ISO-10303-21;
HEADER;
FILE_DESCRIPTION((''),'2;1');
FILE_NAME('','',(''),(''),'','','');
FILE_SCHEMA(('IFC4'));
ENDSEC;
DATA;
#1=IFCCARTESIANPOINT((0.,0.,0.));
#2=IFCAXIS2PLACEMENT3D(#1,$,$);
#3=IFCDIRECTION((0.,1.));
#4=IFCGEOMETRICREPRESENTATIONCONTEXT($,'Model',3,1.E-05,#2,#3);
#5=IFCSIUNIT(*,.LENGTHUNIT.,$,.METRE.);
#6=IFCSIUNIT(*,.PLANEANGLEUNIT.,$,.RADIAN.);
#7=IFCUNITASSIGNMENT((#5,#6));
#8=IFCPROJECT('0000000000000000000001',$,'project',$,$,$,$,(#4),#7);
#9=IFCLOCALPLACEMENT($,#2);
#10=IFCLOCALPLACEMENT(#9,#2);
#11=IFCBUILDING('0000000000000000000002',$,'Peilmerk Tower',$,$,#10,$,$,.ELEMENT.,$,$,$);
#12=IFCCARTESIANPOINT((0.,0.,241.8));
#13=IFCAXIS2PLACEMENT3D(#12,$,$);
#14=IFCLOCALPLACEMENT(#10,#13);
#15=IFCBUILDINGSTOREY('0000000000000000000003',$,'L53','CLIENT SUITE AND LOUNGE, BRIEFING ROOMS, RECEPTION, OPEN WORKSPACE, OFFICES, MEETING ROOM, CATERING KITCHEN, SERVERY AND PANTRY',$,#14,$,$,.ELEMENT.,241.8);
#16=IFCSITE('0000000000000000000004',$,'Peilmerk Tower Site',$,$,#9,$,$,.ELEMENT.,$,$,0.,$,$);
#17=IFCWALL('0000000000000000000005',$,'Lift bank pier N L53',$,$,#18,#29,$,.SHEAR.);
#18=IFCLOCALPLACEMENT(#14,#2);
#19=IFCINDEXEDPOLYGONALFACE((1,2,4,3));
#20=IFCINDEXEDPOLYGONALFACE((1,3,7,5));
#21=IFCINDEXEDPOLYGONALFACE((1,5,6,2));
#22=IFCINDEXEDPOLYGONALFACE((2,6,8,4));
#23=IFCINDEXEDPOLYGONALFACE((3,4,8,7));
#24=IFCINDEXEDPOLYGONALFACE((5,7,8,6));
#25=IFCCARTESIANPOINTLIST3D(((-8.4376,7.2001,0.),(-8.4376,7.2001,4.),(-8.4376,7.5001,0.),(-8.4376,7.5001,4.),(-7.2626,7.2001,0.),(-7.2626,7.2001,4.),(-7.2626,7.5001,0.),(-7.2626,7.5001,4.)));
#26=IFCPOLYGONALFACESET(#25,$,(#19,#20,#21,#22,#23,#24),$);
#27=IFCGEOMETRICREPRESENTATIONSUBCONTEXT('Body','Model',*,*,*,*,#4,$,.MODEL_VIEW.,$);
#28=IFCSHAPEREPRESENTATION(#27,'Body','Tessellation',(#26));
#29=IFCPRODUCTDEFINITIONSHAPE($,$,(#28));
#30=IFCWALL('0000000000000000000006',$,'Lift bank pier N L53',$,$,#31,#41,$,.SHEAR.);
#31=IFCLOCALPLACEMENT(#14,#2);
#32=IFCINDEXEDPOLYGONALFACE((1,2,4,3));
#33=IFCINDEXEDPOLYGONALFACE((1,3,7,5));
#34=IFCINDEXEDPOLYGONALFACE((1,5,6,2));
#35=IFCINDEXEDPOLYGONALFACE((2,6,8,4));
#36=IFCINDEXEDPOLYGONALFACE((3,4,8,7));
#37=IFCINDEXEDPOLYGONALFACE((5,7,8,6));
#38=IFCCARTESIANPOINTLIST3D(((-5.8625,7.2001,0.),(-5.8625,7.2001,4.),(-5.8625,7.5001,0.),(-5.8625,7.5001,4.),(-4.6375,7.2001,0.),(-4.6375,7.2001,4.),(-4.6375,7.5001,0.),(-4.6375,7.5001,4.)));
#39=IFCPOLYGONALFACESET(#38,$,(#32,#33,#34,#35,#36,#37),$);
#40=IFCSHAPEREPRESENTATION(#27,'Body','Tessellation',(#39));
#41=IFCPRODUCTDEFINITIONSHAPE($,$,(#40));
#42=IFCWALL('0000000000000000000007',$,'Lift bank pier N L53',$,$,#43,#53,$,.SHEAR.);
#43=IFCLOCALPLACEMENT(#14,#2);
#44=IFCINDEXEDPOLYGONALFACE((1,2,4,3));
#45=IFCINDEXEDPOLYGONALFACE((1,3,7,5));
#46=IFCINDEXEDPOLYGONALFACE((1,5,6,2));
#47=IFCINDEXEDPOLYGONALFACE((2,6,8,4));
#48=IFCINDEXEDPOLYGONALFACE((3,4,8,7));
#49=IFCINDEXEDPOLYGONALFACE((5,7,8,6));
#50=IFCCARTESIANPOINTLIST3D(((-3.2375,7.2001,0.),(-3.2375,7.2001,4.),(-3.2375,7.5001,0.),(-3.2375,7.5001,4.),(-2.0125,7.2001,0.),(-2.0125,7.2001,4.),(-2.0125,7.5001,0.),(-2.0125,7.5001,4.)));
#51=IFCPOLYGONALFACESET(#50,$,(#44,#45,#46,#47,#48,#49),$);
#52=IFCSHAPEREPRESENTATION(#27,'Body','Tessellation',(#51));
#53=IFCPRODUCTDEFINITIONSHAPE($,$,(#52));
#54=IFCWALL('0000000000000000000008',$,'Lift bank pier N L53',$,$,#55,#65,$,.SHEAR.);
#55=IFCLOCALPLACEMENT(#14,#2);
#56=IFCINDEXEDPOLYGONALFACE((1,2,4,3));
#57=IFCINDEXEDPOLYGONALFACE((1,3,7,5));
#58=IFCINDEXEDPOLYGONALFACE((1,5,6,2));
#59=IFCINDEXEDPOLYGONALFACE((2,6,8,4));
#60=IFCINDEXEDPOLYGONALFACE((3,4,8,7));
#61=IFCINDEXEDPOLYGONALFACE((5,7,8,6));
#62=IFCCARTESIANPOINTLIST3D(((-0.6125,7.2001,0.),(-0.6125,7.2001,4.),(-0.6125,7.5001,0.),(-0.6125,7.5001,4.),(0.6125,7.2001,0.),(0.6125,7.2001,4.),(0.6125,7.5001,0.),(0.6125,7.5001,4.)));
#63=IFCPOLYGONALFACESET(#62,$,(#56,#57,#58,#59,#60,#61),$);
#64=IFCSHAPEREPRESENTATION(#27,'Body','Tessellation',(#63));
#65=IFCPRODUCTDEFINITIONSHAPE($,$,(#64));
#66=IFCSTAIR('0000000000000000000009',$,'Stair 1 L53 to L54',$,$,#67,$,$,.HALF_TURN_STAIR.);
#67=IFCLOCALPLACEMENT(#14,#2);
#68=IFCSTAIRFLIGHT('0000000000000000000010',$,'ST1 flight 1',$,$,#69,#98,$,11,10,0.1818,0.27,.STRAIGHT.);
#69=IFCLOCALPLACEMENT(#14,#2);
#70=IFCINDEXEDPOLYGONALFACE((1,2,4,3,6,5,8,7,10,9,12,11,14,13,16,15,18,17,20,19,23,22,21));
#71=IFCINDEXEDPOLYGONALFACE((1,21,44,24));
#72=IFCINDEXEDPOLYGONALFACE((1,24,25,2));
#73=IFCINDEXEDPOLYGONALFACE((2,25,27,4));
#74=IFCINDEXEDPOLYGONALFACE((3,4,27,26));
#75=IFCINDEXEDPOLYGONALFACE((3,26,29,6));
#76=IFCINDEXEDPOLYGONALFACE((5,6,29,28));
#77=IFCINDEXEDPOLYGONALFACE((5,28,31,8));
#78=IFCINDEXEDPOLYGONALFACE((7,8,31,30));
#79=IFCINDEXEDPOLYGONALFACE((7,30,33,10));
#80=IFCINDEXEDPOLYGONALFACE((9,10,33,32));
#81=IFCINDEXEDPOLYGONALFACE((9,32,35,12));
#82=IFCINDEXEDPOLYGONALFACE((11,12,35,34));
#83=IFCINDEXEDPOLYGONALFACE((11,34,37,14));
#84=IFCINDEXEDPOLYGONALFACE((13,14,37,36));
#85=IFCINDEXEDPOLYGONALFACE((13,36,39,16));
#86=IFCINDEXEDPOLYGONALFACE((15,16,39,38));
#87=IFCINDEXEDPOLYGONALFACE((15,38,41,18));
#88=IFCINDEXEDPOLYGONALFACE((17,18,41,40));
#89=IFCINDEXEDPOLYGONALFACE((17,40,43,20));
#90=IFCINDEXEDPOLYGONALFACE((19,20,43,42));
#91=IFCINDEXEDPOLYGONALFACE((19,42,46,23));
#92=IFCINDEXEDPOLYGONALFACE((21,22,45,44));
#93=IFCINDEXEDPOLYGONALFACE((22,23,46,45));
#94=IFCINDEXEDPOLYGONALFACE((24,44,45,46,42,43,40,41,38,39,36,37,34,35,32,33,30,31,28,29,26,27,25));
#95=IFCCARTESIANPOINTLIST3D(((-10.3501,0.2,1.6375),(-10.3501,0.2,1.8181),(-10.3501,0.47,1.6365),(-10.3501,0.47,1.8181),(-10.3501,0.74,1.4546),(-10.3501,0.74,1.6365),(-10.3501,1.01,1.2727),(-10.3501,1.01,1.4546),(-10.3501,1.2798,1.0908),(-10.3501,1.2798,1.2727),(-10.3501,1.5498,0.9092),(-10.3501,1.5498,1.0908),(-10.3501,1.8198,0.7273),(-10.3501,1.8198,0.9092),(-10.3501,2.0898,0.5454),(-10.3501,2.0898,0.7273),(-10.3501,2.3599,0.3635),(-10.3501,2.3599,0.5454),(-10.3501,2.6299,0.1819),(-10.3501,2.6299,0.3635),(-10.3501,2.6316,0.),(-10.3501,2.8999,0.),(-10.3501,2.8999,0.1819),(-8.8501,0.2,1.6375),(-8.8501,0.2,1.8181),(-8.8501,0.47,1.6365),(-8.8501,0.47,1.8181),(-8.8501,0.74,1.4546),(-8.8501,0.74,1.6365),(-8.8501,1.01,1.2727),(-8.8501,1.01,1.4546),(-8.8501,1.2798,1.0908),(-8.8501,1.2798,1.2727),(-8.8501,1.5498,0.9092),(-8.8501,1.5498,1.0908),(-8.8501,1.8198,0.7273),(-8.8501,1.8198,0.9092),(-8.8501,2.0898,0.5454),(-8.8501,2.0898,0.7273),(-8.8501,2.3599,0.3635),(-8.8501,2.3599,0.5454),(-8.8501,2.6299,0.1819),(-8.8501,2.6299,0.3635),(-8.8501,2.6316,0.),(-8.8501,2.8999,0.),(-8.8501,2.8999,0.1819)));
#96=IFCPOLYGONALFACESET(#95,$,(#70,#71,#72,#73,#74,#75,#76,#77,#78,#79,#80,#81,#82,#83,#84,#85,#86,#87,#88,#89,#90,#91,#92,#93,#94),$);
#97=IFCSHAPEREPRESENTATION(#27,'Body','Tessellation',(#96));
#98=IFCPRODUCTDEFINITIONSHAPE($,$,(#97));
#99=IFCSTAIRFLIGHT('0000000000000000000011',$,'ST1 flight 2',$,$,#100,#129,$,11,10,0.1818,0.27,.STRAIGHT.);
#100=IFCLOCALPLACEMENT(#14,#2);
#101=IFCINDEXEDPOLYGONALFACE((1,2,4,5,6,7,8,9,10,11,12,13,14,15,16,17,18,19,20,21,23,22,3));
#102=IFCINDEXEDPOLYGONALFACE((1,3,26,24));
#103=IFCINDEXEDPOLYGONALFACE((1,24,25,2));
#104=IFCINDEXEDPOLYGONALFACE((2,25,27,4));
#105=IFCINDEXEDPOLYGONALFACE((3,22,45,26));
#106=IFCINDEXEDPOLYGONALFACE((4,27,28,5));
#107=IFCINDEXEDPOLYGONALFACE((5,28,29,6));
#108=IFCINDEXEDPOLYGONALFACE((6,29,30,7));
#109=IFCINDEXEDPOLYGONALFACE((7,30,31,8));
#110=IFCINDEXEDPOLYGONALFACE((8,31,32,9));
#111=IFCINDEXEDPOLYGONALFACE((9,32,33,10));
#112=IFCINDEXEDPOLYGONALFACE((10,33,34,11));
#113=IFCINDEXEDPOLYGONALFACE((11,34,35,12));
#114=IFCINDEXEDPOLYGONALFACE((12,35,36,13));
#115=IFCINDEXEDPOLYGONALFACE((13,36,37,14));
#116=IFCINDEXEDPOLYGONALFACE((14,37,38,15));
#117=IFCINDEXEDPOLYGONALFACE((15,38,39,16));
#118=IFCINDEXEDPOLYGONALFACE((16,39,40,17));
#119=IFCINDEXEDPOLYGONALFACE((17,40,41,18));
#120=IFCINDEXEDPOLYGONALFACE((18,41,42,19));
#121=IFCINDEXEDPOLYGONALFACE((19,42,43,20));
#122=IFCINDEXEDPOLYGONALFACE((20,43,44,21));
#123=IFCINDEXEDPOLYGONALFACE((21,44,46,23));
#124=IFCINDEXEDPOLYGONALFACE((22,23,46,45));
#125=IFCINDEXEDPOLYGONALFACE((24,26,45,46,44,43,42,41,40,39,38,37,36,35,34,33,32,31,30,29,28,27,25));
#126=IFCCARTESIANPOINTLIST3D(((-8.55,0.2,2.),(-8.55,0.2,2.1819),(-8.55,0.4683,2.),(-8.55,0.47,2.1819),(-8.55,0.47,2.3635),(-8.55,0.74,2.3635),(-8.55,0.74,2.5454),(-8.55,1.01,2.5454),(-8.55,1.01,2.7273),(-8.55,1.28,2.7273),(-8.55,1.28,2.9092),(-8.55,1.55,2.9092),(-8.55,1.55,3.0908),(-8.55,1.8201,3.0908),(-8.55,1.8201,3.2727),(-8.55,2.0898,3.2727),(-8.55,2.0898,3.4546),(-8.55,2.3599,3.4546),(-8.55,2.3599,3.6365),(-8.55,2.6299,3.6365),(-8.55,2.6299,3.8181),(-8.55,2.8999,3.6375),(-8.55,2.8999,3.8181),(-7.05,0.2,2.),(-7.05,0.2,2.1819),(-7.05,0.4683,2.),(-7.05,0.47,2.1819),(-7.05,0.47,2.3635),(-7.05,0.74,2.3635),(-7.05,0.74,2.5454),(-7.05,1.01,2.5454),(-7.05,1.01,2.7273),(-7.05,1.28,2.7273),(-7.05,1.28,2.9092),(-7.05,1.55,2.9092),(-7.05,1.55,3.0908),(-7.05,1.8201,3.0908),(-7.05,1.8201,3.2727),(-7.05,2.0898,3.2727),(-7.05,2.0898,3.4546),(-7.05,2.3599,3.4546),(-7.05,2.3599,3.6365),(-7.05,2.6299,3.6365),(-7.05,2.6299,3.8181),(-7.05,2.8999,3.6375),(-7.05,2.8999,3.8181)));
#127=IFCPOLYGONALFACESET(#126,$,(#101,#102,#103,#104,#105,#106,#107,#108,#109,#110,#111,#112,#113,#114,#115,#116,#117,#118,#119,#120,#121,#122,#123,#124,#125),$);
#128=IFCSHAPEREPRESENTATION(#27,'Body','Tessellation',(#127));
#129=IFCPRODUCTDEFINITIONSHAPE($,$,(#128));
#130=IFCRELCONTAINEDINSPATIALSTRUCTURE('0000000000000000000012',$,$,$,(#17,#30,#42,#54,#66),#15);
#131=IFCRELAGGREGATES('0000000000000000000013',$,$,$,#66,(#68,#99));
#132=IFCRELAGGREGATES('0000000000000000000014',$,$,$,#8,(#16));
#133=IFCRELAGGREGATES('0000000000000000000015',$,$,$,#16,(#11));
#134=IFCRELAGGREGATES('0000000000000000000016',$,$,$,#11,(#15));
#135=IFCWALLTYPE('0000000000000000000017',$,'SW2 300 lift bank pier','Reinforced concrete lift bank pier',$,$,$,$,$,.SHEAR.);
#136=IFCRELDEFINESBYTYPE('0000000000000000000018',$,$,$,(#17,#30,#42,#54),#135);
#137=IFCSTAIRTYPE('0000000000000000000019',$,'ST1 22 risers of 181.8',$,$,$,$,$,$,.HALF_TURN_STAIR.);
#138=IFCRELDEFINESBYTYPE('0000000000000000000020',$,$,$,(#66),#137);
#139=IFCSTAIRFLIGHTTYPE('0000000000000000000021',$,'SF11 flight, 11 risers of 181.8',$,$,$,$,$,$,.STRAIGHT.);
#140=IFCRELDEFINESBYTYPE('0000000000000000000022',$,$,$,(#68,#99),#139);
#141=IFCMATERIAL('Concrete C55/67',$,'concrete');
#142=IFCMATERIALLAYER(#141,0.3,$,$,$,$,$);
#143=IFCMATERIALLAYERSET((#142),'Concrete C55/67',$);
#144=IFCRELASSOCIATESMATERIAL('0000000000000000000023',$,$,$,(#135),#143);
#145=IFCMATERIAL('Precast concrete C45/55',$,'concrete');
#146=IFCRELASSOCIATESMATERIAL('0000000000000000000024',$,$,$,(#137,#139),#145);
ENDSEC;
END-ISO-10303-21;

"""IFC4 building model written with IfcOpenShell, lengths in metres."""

from ifc_helpers import new_model, si_unit, direction, frame, frame_2d, origin, place, context, subcontext, project, spatial, polyline, rectangle, outline, extrude, material, layer, layer_set, type_object, element, aggregate, save


model = new_model("IFC4")

# Units and contexts
model_context = context("Model", 3, precision=1e-05, world=origin(), true_north=direction((0.0, 1.0)))
body_context = subcontext(model_context, "Body", "Model", "MODEL_VIEW")
ifc_project = project(units=[si_unit("LENGTHUNIT", "METRE"), si_unit("PLANEANGLEUNIT", "RADIAN")], contexts=[model_context])

# Site, building, storey
site_placement = place(None, origin())
site = spatial("IfcSite", under=ifc_project, at=site_placement, Name="Peilmerk Tower Site", CompositionType="ELEMENT", RefElevation=0.0)
building_placement = place(site_placement, origin())
building = spatial("IfcBuilding", under=site, at=building_placement, Name="Peilmerk Tower", CompositionType="ELEMENT")
storey_placement = place(building_placement, frame((0.0, 0.0, 241.8)))
storey = spatial("IfcBuildingStorey", under=building, at=storey_placement, Name="L53", Description="CLIENT SUITE AND LOUNGE, BRIEFING ROOMS, RECEPTION, OPEN WORKSPACE, OFFICES, MEETING ROOM, CATERING KITCHEN, SERVERY AND PANTRY", CompositionType="ELEMENT", Elevation=241.8)

# Shared definitions
ifc_material_1 = material(Name="Concrete C55/67", Category="concrete")

# Walls
ifc_layer_1 = layer(ifc_material_1, 0.3)
ifc_layer_set_1 = layer_set([ifc_layer_1], Name="Concrete C55/67")
wall_type_1 = type_object("IfcWallType", Name="SW2 300 lift bank pier", Description="Reinforced concrete lift bank pier", PredefinedType="SHEAR", material=ifc_layer_set_1)
wall_1_placement = place(storey_placement, frame((-8.4375, 7.3501, 0.0), z_axis=(0.0, 0.0, 1.0), x_axis=(1.0, 0.0, 0.0)))
element("IfcWall", 1, at=wall_1_placement, inside=storey, type_object=wall_type_1, Name="Lift bank pier N L53", PredefinedType="SHEAR", context=body_context, shape_type="SweptSolid", body=[
    extrude(rectangle(XDim=1.175, YDim=0.3, at=frame_2d((0.5874, 0.0))), origin(), (0.0, 0.0, 1.0), 4.0),
])
for number, where, z_axis, x_axis, name in (
    (2, (-5.8625, 7.3501, 0.0), (0.0, 0.0, 1.0), (1.0, 0.0, 0.0), "Lift bank pier N L53"),
    (3, (-3.2375, 7.3501, 0.0), (0.0, 0.0, 1.0), (1.0, 0.0, 0.0), "Lift bank pier N L53"),
    (4, (-0.6125, 7.3501, 0.0), (0.0, 0.0, 1.0), (1.0, 0.0, 0.0), "Lift bank pier N L53"),
):
    element("IfcWall", number, at=place(storey_placement, frame(where, z_axis=z_axis, x_axis=x_axis)), inside=storey, type_object=wall_type_1, Name=name, PredefinedType="SHEAR", context=body_context, shape_type="SweptSolid", body=[
        extrude(rectangle(XDim=1.2251, YDim=0.3, at=frame_2d((0.6125, 0.0))), origin(), (0.0, 0.0, 1.0), 4.0),
    ])

# Stair, stair flights
ifc_material_2 = material(Name="Precast concrete C45/55", Category="concrete")
stair_type = type_object("IfcStairType", Name="ST1 22 risers of 181.8", PredefinedType="HALF_TURN_STAIR", material=ifc_material_2)
stair_placement = place(storey_placement, origin())
stair = element("IfcStair", 5, at=stair_placement, inside=storey, type_object=stair_type, Name="Stair 1 L53 to L54", PredefinedType="HALF_TURN_STAIR")
stair_flight_type = type_object("IfcStairFlightType", Name="SF11 flight, 11 risers of 181.8", PredefinedType="STRAIGHT", material=ifc_material_2)
stair_flight_1_placement = place(storey_placement, frame((-9.6001, 2.8999, 0.0), z_axis=(0.0, 0.0, 1.0), x_axis=(0.0, -1.0, 0.0)))
stair_flight_1 = element("IfcStairFlight", 6, at=stair_flight_1_placement, type_object=stair_flight_type, Name="ST1 flight 1", NumberOfRisers=11, NumberOfTreads=10, PredefinedType="STRAIGHT", RiserHeight=0.1818, TreadLength=0.27, context=body_context, shape_type="SweptSolid", body=[
    extrude(outline(polyline([(0.0, 0.0), (0.0, 0.1819), (0.27, 0.1819), (0.27, 0.3635), (0.54, 0.3635), (0.54, 0.5454), (0.8101, 0.5454), (0.8101, 0.7273), (1.0801, 0.7273), (1.0801, 0.9092), (1.3501, 0.9092), (1.3501, 1.0908), (1.6201, 1.0908), (1.6201, 1.2727), (1.8899, 1.2727), (1.8899, 1.4546), (2.1599, 1.4546), (2.1599, 1.6365), (2.4299, 1.6365), (2.4299, 1.8181), (2.7, 1.8181), (2.7, 2.0), (2.7, 1.6375), (0.2683, 0.0), (0.0, 0.0)])), frame((0.0, 0.75, 0.0), z_axis=(0.0, -1.0, 0.0), x_axis=(1.0, 0.0, 0.0)), (0.0, 0.0, 1.0), 1.5),
])
stair_flight_2_placement = place(storey_placement, frame((-7.8, 0.2, 2.0), z_axis=(0.0, 0.0, 1.0), x_axis=(0.0, 1.0, 0.0)))
stair_flight_2 = element("IfcStairFlight", 7, at=stair_flight_2_placement, type_object=stair_flight_type, Name="ST1 flight 2", NumberOfRisers=11, NumberOfTreads=10, PredefinedType="STRAIGHT", RiserHeight=0.1818, TreadLength=0.27, context=body_context, shape_type="SweptSolid", body=[
    extrude(outline(polyline([(0.0, 0.0), (0.0, 0.1819), (0.27, 0.1819), (0.27, 0.3635), (0.54, 0.3635), (0.54, 0.5454), (0.8101, 0.5454), (0.8101, 0.7273), (1.0801, 0.7273), (1.0801, 0.9092), (1.3501, 0.9092), (1.3501, 1.0908), (1.6201, 1.0908), (1.6201, 1.2727), (1.8899, 1.2727), (1.8899, 1.4546), (2.1599, 1.4546), (2.1599, 1.6365), (2.4299, 1.6365), (2.4299, 1.8181), (2.7, 1.8181), (2.7, 2.0), (2.7, 1.6375), (0.2683, 0.0), (0.0, 0.0)])), frame((0.0, 0.75, 0.0), z_axis=(0.0, -1.0, 0.0), x_axis=(1.0, 0.0, 0.0)), (0.0, 0.0, 1.0), 1.5),
])
aggregate(stair, [stair_flight_1, stair_flight_2])

save(model, "model.ifc")
